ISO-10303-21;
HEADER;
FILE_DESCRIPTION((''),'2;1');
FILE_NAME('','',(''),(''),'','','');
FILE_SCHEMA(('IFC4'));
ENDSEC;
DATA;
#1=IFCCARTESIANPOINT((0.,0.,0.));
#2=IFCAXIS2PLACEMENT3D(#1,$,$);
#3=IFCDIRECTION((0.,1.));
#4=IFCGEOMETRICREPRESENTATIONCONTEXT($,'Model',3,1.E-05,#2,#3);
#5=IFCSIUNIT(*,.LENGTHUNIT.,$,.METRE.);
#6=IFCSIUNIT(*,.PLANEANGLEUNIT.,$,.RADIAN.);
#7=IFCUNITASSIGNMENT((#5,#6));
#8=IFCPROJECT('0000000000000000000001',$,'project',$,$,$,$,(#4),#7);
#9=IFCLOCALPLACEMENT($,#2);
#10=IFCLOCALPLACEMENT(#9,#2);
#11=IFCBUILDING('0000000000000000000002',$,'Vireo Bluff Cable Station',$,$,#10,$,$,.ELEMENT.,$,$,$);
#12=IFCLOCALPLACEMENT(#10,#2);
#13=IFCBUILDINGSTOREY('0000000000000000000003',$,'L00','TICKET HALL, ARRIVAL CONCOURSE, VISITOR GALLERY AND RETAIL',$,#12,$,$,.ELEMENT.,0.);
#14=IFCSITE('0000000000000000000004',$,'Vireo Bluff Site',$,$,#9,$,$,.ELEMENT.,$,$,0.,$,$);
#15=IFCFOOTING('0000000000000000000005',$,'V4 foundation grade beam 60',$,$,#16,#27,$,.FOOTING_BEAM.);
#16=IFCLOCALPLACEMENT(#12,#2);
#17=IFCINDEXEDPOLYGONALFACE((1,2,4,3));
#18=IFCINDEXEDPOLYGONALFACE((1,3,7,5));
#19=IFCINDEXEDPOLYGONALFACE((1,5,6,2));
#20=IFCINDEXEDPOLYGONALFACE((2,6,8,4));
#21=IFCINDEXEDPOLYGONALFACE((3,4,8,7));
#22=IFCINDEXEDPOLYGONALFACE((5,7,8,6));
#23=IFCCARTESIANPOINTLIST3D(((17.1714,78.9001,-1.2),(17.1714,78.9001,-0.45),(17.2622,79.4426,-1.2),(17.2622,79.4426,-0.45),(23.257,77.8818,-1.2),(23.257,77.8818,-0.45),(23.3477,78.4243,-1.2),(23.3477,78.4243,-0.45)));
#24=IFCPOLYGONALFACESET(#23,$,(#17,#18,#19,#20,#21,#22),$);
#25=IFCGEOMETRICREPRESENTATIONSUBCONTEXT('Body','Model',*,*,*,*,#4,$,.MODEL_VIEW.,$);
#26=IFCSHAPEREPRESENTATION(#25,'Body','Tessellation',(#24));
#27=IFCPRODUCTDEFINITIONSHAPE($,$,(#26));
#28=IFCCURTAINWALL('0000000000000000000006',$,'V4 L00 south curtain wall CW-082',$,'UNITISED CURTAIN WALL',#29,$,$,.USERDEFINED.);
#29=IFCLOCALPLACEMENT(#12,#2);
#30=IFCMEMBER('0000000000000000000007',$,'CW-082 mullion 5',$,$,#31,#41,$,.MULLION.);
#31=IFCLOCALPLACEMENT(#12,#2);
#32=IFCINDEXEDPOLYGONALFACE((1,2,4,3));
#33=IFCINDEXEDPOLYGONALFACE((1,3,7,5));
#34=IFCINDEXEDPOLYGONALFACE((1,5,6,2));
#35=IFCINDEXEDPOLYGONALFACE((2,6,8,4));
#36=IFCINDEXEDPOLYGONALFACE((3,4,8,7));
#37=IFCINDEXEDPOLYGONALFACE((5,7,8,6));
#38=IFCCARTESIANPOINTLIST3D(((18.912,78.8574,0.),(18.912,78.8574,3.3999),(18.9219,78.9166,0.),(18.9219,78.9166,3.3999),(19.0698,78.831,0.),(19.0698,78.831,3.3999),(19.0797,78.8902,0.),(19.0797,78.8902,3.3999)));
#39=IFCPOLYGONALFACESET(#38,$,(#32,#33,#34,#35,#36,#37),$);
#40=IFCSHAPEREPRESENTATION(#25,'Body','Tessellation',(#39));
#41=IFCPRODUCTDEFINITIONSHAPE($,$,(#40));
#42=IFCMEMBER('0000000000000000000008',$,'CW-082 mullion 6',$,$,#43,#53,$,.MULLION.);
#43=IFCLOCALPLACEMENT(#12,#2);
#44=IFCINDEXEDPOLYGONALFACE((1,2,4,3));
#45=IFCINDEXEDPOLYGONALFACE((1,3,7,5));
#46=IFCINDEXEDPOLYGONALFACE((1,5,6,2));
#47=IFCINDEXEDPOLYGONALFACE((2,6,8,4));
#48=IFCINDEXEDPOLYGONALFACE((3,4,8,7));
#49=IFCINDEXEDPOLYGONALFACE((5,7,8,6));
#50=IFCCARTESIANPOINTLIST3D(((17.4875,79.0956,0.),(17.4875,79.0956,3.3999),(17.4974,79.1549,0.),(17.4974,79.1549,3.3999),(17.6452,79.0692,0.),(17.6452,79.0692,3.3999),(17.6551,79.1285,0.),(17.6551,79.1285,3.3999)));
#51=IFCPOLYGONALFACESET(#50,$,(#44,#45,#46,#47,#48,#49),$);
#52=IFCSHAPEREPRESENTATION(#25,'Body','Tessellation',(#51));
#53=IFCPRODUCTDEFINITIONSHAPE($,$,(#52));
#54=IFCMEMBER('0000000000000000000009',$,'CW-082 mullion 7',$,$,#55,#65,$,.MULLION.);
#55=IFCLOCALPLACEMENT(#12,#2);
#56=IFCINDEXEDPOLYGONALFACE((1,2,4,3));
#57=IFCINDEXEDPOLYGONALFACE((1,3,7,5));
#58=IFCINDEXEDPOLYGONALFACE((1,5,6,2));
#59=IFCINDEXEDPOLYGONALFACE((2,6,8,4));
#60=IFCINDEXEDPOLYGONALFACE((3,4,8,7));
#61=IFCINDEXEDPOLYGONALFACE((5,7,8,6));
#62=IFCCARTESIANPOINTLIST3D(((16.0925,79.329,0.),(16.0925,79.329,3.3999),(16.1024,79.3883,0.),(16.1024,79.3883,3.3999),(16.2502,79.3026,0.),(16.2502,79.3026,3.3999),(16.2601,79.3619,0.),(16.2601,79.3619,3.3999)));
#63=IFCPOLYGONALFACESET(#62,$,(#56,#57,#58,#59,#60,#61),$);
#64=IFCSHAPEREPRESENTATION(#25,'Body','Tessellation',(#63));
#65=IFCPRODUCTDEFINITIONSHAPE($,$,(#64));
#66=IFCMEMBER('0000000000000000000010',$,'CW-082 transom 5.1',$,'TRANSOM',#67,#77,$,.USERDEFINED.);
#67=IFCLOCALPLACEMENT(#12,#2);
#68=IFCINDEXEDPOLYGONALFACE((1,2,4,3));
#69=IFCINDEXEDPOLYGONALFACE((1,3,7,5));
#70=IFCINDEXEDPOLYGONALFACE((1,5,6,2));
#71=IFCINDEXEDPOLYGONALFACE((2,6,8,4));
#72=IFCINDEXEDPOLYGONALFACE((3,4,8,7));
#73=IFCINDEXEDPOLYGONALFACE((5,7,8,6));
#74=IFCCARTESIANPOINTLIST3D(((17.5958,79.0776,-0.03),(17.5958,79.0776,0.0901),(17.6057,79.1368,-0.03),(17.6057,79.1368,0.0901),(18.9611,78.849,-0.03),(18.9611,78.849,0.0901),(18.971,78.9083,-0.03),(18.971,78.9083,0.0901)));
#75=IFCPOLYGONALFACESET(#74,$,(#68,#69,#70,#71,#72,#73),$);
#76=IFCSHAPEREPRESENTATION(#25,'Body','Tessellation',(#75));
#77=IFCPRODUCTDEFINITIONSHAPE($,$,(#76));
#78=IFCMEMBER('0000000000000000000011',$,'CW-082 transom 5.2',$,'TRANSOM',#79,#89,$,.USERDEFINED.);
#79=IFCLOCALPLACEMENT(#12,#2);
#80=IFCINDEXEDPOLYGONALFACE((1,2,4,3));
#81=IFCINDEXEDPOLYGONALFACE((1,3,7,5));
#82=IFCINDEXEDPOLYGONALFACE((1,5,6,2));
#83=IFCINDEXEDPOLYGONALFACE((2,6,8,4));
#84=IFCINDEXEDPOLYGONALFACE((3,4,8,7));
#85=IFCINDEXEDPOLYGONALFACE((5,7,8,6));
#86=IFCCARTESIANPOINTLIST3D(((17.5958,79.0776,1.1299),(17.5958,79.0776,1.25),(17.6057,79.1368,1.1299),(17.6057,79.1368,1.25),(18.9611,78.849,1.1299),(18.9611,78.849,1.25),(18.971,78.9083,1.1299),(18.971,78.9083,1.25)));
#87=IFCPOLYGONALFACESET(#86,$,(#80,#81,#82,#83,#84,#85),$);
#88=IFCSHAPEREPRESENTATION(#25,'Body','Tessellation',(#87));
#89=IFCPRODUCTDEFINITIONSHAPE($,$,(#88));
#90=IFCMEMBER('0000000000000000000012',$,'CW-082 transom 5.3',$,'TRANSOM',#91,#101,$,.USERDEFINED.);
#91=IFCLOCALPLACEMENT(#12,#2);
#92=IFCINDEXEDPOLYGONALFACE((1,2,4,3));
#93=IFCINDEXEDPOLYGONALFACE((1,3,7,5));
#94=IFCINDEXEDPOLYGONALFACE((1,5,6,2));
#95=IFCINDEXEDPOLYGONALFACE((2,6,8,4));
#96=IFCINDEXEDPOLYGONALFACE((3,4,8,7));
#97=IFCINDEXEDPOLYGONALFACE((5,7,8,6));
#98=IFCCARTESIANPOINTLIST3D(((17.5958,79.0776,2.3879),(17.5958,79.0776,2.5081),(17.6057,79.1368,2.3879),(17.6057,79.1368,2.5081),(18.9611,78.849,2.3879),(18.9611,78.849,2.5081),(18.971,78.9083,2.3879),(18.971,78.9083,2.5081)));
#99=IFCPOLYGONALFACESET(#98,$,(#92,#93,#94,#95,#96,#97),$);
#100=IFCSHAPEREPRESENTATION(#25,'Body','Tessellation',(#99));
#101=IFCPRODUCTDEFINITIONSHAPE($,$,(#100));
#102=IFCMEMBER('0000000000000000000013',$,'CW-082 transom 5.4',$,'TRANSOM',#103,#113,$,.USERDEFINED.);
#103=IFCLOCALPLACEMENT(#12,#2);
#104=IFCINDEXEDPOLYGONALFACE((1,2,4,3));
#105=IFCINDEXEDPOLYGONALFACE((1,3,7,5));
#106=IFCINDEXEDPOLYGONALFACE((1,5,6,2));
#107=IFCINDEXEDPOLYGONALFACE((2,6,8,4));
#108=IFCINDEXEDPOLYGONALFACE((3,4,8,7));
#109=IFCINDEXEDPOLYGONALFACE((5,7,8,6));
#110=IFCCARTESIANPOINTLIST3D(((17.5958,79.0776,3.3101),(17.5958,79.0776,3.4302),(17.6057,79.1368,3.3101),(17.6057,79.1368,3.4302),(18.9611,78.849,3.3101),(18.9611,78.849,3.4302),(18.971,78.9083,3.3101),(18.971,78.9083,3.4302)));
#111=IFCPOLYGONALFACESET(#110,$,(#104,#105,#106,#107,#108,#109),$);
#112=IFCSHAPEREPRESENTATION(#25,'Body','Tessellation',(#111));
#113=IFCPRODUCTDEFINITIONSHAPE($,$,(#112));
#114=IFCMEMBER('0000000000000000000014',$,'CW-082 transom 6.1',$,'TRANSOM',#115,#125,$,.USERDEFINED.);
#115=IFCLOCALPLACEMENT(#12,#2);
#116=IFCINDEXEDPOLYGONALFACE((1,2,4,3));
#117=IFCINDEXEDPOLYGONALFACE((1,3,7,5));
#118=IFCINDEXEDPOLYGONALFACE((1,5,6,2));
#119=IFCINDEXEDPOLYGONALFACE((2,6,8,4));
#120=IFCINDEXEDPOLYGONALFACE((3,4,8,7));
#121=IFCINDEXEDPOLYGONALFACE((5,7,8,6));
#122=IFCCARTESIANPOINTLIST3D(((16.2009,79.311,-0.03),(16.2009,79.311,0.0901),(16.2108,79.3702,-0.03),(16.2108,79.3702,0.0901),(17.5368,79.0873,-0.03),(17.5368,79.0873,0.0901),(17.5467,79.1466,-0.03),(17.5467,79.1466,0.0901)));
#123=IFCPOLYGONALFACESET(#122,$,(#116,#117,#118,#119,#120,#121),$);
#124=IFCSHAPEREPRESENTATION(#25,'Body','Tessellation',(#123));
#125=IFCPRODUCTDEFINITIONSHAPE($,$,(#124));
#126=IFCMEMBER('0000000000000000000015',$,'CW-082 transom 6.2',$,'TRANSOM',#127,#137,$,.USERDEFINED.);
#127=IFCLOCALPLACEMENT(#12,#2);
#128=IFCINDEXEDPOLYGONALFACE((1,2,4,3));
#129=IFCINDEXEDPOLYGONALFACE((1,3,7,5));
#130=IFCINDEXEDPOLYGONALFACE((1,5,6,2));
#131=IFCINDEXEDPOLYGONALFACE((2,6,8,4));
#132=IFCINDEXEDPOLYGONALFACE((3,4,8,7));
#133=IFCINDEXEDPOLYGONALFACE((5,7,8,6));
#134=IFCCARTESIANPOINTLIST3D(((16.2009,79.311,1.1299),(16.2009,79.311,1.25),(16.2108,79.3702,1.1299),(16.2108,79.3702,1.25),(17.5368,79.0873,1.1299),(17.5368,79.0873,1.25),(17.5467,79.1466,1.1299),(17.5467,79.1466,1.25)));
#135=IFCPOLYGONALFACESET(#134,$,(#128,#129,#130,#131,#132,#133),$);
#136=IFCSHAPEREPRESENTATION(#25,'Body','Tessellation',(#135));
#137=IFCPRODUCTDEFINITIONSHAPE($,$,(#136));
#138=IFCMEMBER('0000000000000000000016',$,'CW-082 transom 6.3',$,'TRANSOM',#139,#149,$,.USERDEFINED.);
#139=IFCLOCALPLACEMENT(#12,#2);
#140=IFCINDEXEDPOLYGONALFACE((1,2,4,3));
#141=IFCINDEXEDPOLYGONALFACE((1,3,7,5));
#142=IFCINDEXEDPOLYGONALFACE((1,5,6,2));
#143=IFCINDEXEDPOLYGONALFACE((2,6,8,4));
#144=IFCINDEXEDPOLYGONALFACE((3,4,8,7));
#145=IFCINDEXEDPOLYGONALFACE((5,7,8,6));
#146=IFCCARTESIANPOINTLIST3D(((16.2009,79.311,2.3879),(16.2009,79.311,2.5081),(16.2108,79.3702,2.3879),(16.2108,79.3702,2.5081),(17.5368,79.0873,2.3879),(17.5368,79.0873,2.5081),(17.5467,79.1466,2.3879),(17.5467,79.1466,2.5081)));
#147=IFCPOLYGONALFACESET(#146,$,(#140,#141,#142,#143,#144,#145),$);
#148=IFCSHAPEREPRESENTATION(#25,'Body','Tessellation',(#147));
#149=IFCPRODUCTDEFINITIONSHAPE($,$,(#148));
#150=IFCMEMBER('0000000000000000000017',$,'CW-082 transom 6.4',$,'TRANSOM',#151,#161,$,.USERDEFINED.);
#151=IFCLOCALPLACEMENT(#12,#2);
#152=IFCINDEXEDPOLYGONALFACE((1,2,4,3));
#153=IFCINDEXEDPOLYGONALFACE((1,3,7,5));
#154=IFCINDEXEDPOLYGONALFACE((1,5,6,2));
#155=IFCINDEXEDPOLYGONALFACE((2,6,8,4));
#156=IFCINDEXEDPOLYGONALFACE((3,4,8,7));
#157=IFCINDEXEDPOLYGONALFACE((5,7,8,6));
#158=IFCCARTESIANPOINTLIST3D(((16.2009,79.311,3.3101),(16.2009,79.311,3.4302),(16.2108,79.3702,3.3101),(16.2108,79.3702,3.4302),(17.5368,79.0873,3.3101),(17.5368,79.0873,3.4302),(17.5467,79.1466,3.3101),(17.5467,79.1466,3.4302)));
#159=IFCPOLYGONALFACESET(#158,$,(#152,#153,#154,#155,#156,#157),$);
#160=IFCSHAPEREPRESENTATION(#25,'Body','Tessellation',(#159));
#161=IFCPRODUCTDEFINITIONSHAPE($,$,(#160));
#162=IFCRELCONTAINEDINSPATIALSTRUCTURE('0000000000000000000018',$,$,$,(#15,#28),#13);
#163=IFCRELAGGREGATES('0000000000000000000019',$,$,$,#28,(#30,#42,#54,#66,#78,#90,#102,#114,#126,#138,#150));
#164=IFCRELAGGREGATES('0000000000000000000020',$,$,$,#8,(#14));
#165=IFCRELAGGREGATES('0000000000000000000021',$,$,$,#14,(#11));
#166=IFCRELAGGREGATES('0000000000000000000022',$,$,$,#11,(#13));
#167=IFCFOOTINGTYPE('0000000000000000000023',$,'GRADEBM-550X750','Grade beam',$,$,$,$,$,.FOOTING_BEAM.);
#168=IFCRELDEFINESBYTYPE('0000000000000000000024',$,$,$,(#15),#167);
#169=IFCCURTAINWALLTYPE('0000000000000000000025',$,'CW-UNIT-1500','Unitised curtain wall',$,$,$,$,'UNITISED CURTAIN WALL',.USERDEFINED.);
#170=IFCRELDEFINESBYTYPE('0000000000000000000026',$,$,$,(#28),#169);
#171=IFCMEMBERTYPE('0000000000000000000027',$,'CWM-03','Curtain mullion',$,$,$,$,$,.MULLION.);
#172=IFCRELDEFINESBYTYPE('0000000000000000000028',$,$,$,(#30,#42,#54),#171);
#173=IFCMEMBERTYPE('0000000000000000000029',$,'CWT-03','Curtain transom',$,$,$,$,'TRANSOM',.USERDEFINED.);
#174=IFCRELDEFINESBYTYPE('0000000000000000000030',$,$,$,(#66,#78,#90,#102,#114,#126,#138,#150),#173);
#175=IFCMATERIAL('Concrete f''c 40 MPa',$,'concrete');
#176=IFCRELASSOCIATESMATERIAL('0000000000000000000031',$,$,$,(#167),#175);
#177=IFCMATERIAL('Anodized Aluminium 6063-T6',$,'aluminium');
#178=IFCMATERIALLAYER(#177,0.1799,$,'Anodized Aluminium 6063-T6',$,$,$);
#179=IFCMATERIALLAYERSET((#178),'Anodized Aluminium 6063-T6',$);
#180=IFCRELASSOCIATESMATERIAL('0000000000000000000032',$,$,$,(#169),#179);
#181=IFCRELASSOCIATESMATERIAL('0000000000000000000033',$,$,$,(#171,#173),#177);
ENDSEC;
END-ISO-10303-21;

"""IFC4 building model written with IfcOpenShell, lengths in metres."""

from ifc_helpers import new_model, si_unit, direction, frame, origin, origin_2d, place, context, subcontext, project, spatial, rectangle, extrude, material, layer, layer_set, material_profile, profile_set, type_object, element, aggregate, save


model = new_model("IFC4")

# Units and contexts
model_context = context("Model", 3, precision=1e-05, world=origin(), true_north=direction((0.0, 1.0)))
body_context = subcontext(model_context, "Body", "Model", "MODEL_VIEW")
ifc_project = project(units=[si_unit("LENGTHUNIT", "METRE"), si_unit("PLANEANGLEUNIT", "RADIAN")], contexts=[model_context])

# Site, building, storey
site_placement = place(None, origin())
site = spatial("IfcSite", under=ifc_project, at=site_placement, Name="Vireo Bluff Site", CompositionType="ELEMENT", RefElevation=0.0)
building_placement = place(site_placement, origin())
building = spatial("IfcBuilding", under=site, at=building_placement, Name="Vireo Bluff Cable Station", CompositionType="ELEMENT")
storey_placement = place(building_placement, origin())
storey = spatial("IfcBuildingStorey", under=building, at=storey_placement, Name="L00", Description="TICKET HALL, ARRIVAL CONCOURSE, VISITOR GALLERY AND RETAIL", CompositionType="ELEMENT", Elevation=0.0)

# Footing
ifc_material_1 = material(Name="Concrete f'c 40 MPa", Category="concrete")
ifc_material_profile_1 = material_profile(ifc_material_1, rectangle(XDim=0.55, YDim=0.75, at=origin_2d()), Name="GRADEBM-550X750")
ifc_profile_set_1 = profile_set([ifc_material_profile_1], Name="Concrete f'c 40 MPa")
footing_type = type_object("IfcFootingType", Name="GRADEBM-550X750", Description="Grade beam", PredefinedType="FOOTING_BEAM", material=ifc_profile_set_1)
footing_placement = place(storey_placement, frame((17.2168, 79.1714, -0.825), z_axis=(0.986287, -0.165041, 0.0), x_axis=(0.165041, 0.986287, 0.0)))
element("IfcFooting", 1, at=footing_placement, inside=storey, type_object=footing_type, Name="V4 foundation grade beam 60", PredefinedType="FOOTING_BEAM", context=body_context, shape_type="SweptSolid", body=[
    extrude(rectangle(XDim=0.55, YDim=0.75, at=origin_2d()), origin(), (0.0, 0.0, 1.0), 6.1702),
])

# Curtain wall, members
ifc_material_2 = material(Name="Anodized Aluminium 6063-T6", Category="aluminium")
ifc_layer_1 = layer(ifc_material_2, 0.1799, Name="Anodized Aluminium 6063-T6")
ifc_layer_set_1 = layer_set([ifc_layer_1], Name="Anodized Aluminium 6063-T6")
curtain_wall_type = type_object("IfcCurtainWallType", Name="CW-UNIT-1500", Description="Unitised curtain wall", ElementType="UNITISED CURTAIN WALL", PredefinedType="USERDEFINED", material=ifc_layer_set_1)
curtain_wall_placement = place(storey_placement, origin())
curtain_wall = element("IfcCurtainWall", 2, at=curtain_wall_placement, inside=storey, type_object=curtain_wall_type, Name="V4 L00 south curtain wall CW-082", ObjectType="UNITISED CURTAIN WALL", PredefinedType="USERDEFINED")
ifc_material_profile_2 = material_profile(ifc_material_2, rectangle(XDim=0.0601, YDim=0.1599, at=origin_2d()), Name="ALU-M-60X160")
ifc_profile_set_2 = profile_set([ifc_material_profile_2], Name="Anodized Aluminium 6063-T6")
member_type_1 = type_object("IfcMemberType", Name="CWM-03", Description="Curtain mullion", PredefinedType="MULLION", material=ifc_profile_set_2)
member_1_placement = place(storey_placement, frame((18.9958, 78.8738, 0.0), z_axis=(0.0, 0.0, 1.0), x_axis=(-0.165048, -0.986286, 0.0)))
member_1 = element("IfcMember", 3, at=member_1_placement, type_object=member_type_1, Name="CW-082 mullion 5", PredefinedType="MULLION", context=body_context, shape_type="SweptSolid", body=[
    extrude(rectangle(XDim=0.0601, YDim=0.1599, at=origin_2d()), origin(), (0.0, 0.0, 1.0), 3.3999),
])
member_2_placement = place(storey_placement, frame((17.5713, 79.1121, 0.0), z_axis=(0.0, 0.0, 1.0), x_axis=(-0.165048, -0.986286, 0.0)))
member_2 = element("IfcMember", 4, at=member_2_placement, type_object=member_type_1, Name="CW-082 mullion 6", PredefinedType="MULLION", context=body_context, shape_type="SweptSolid", body=[
    extrude(rectangle(XDim=0.0601, YDim=0.1599, at=origin_2d()), origin(), (0.0, 0.0, 1.0), 3.3999),
])
member_3_placement = place(storey_placement, frame((16.1763, 79.3455, 0.0), z_axis=(0.0, 0.0, 1.0), x_axis=(-0.165048, -0.986286, 0.0)))
member_3 = element("IfcMember", 5, at=member_3_placement, type_object=member_type_1, Name="CW-082 mullion 7", PredefinedType="MULLION", context=body_context, shape_type="SweptSolid", body=[
    extrude(rectangle(XDim=0.0601, YDim=0.1599, at=origin_2d()), origin(), (0.0, 0.0, 1.0), 3.3999),
])
ifc_material_profile_3 = material_profile(ifc_material_2, rectangle(XDim=0.0601, YDim=0.1201, at=origin_2d()), Name="ALU-T-60X120")
ifc_profile_set_3 = profile_set([ifc_material_profile_3], Name="Anodized Aluminium 6063-T6")
member_type_2 = type_object("IfcMemberType", Name="CWT-03", Description="Curtain transom", ElementType="TRANSOM", PredefinedType="USERDEFINED", material=ifc_profile_set_3)
member_4_placement = place(storey_placement, frame((18.9661, 78.8787, 0.03), z_axis=(-0.986279, 0.165085, 0.0), x_axis=(-0.165085, -0.986279, 0.0)))
member_4 = element("IfcMember", 6, at=member_4_placement, type_object=member_type_2, Name="CW-082 transom 5.1", ObjectType="TRANSOM", PredefinedType="USERDEFINED", context=body_context, shape_type="SweptSolid", body=[
    extrude(rectangle(XDim=0.0601, YDim=0.1201, at=origin_2d()), origin(), (0.0, 0.0, 1.0), 1.3843),
])
member_5_placement = place(storey_placement, frame((18.9661, 78.8787, 1.1899), z_axis=(-0.986279, 0.165085, 0.0), x_axis=(-0.165085, -0.986279, 0.0)))
member_5 = element("IfcMember", 7, at=member_5_placement, type_object=member_type_2, Name="CW-082 transom 5.2", ObjectType="TRANSOM", PredefinedType="USERDEFINED", context=body_context, shape_type="SweptSolid", body=[
    extrude(rectangle(XDim=0.0601, YDim=0.1201, at=origin_2d()), origin(), (0.0, 0.0, 1.0), 1.3843),
])
member_6_placement = place(storey_placement, frame((18.9661, 78.8787, 2.448), z_axis=(-0.986279, 0.165085, 0.0), x_axis=(-0.165085, -0.986279, 0.0)))
member_6 = element("IfcMember", 8, at=member_6_placement, type_object=member_type_2, Name="CW-082 transom 5.3", ObjectType="TRANSOM", PredefinedType="USERDEFINED", context=body_context, shape_type="SweptSolid", body=[
    extrude(rectangle(XDim=0.0601, YDim=0.1201, at=origin_2d()), origin(), (0.0, 0.0, 1.0), 1.3843),
])
member_7_placement = place(storey_placement, frame((18.9661, 78.8787, 3.3701), z_axis=(-0.986279, 0.165085, 0.0), x_axis=(-0.165085, -0.986279, 0.0)))
member_7 = element("IfcMember", 9, at=member_7_placement, type_object=member_type_2, Name="CW-082 transom 5.4", ObjectType="TRANSOM", PredefinedType="USERDEFINED", context=body_context, shape_type="SweptSolid", body=[
    extrude(rectangle(XDim=0.0601, YDim=0.1201, at=origin_2d()), origin(), (0.0, 0.0, 1.0), 1.3843),
])
member_8_placement = place(storey_placement, frame((17.5417, 79.1169, 0.03), z_axis=(-0.986277, 0.1651, 0.0), x_axis=(-0.1651, -0.986277, 0.0)))
member_8 = element("IfcMember", 10, at=member_8_placement, type_object=member_type_2, Name="CW-082 transom 6.1", ObjectType="TRANSOM", PredefinedType="USERDEFINED", context=body_context, shape_type="SweptSolid", body=[
    extrude(rectangle(XDim=0.0601, YDim=0.1201, at=origin_2d()), origin(), (0.0, 0.0, 1.0), 1.3545),
])
member_9_placement = place(storey_placement, frame((17.5417, 79.1169, 1.1899), z_axis=(-0.986277, 0.1651, 0.0), x_axis=(-0.1651, -0.986277, 0.0)))
member_9 = element("IfcMember", 11, at=member_9_placement, type_object=member_type_2, Name="CW-082 transom 6.2", ObjectType="TRANSOM", PredefinedType="USERDEFINED", context=body_context, shape_type="SweptSolid", body=[
    extrude(rectangle(XDim=0.0601, YDim=0.1201, at=origin_2d()), origin(), (0.0, 0.0, 1.0), 1.3545),
])
member_10_placement = place(storey_placement, frame((17.5417, 79.1169, 2.448), z_axis=(-0.986277, 0.1651, 0.0), x_axis=(-0.1651, -0.986277, 0.0)))
member_10 = element("IfcMember", 12, at=member_10_placement, type_object=member_type_2, Name="CW-082 transom 6.3", ObjectType="TRANSOM", PredefinedType="USERDEFINED", context=body_context, shape_type="SweptSolid", body=[
    extrude(rectangle(XDim=0.0601, YDim=0.1201, at=origin_2d()), origin(), (0.0, 0.0, 1.0), 1.3545),
])
member_11_placement = place(storey_placement, frame((17.5417, 79.1169, 3.3701), z_axis=(-0.986277, 0.1651, 0.0), x_axis=(-0.1651, -0.986277, 0.0)))
member_11 = element("IfcMember", 13, at=member_11_placement, type_object=member_type_2, Name="CW-082 transom 6.4", ObjectType="TRANSOM", PredefinedType="USERDEFINED", context=body_context, shape_type="SweptSolid", body=[
    extrude(rectangle(XDim=0.0601, YDim=0.1201, at=origin_2d()), origin(), (0.0, 0.0, 1.0), 1.3545),
])

aggregate(curtain_wall, [member_1, member_2, member_3, member_4, member_5, member_6, member_7, member_8, member_9, member_10, member_11])

save(model, "model.ifc")
